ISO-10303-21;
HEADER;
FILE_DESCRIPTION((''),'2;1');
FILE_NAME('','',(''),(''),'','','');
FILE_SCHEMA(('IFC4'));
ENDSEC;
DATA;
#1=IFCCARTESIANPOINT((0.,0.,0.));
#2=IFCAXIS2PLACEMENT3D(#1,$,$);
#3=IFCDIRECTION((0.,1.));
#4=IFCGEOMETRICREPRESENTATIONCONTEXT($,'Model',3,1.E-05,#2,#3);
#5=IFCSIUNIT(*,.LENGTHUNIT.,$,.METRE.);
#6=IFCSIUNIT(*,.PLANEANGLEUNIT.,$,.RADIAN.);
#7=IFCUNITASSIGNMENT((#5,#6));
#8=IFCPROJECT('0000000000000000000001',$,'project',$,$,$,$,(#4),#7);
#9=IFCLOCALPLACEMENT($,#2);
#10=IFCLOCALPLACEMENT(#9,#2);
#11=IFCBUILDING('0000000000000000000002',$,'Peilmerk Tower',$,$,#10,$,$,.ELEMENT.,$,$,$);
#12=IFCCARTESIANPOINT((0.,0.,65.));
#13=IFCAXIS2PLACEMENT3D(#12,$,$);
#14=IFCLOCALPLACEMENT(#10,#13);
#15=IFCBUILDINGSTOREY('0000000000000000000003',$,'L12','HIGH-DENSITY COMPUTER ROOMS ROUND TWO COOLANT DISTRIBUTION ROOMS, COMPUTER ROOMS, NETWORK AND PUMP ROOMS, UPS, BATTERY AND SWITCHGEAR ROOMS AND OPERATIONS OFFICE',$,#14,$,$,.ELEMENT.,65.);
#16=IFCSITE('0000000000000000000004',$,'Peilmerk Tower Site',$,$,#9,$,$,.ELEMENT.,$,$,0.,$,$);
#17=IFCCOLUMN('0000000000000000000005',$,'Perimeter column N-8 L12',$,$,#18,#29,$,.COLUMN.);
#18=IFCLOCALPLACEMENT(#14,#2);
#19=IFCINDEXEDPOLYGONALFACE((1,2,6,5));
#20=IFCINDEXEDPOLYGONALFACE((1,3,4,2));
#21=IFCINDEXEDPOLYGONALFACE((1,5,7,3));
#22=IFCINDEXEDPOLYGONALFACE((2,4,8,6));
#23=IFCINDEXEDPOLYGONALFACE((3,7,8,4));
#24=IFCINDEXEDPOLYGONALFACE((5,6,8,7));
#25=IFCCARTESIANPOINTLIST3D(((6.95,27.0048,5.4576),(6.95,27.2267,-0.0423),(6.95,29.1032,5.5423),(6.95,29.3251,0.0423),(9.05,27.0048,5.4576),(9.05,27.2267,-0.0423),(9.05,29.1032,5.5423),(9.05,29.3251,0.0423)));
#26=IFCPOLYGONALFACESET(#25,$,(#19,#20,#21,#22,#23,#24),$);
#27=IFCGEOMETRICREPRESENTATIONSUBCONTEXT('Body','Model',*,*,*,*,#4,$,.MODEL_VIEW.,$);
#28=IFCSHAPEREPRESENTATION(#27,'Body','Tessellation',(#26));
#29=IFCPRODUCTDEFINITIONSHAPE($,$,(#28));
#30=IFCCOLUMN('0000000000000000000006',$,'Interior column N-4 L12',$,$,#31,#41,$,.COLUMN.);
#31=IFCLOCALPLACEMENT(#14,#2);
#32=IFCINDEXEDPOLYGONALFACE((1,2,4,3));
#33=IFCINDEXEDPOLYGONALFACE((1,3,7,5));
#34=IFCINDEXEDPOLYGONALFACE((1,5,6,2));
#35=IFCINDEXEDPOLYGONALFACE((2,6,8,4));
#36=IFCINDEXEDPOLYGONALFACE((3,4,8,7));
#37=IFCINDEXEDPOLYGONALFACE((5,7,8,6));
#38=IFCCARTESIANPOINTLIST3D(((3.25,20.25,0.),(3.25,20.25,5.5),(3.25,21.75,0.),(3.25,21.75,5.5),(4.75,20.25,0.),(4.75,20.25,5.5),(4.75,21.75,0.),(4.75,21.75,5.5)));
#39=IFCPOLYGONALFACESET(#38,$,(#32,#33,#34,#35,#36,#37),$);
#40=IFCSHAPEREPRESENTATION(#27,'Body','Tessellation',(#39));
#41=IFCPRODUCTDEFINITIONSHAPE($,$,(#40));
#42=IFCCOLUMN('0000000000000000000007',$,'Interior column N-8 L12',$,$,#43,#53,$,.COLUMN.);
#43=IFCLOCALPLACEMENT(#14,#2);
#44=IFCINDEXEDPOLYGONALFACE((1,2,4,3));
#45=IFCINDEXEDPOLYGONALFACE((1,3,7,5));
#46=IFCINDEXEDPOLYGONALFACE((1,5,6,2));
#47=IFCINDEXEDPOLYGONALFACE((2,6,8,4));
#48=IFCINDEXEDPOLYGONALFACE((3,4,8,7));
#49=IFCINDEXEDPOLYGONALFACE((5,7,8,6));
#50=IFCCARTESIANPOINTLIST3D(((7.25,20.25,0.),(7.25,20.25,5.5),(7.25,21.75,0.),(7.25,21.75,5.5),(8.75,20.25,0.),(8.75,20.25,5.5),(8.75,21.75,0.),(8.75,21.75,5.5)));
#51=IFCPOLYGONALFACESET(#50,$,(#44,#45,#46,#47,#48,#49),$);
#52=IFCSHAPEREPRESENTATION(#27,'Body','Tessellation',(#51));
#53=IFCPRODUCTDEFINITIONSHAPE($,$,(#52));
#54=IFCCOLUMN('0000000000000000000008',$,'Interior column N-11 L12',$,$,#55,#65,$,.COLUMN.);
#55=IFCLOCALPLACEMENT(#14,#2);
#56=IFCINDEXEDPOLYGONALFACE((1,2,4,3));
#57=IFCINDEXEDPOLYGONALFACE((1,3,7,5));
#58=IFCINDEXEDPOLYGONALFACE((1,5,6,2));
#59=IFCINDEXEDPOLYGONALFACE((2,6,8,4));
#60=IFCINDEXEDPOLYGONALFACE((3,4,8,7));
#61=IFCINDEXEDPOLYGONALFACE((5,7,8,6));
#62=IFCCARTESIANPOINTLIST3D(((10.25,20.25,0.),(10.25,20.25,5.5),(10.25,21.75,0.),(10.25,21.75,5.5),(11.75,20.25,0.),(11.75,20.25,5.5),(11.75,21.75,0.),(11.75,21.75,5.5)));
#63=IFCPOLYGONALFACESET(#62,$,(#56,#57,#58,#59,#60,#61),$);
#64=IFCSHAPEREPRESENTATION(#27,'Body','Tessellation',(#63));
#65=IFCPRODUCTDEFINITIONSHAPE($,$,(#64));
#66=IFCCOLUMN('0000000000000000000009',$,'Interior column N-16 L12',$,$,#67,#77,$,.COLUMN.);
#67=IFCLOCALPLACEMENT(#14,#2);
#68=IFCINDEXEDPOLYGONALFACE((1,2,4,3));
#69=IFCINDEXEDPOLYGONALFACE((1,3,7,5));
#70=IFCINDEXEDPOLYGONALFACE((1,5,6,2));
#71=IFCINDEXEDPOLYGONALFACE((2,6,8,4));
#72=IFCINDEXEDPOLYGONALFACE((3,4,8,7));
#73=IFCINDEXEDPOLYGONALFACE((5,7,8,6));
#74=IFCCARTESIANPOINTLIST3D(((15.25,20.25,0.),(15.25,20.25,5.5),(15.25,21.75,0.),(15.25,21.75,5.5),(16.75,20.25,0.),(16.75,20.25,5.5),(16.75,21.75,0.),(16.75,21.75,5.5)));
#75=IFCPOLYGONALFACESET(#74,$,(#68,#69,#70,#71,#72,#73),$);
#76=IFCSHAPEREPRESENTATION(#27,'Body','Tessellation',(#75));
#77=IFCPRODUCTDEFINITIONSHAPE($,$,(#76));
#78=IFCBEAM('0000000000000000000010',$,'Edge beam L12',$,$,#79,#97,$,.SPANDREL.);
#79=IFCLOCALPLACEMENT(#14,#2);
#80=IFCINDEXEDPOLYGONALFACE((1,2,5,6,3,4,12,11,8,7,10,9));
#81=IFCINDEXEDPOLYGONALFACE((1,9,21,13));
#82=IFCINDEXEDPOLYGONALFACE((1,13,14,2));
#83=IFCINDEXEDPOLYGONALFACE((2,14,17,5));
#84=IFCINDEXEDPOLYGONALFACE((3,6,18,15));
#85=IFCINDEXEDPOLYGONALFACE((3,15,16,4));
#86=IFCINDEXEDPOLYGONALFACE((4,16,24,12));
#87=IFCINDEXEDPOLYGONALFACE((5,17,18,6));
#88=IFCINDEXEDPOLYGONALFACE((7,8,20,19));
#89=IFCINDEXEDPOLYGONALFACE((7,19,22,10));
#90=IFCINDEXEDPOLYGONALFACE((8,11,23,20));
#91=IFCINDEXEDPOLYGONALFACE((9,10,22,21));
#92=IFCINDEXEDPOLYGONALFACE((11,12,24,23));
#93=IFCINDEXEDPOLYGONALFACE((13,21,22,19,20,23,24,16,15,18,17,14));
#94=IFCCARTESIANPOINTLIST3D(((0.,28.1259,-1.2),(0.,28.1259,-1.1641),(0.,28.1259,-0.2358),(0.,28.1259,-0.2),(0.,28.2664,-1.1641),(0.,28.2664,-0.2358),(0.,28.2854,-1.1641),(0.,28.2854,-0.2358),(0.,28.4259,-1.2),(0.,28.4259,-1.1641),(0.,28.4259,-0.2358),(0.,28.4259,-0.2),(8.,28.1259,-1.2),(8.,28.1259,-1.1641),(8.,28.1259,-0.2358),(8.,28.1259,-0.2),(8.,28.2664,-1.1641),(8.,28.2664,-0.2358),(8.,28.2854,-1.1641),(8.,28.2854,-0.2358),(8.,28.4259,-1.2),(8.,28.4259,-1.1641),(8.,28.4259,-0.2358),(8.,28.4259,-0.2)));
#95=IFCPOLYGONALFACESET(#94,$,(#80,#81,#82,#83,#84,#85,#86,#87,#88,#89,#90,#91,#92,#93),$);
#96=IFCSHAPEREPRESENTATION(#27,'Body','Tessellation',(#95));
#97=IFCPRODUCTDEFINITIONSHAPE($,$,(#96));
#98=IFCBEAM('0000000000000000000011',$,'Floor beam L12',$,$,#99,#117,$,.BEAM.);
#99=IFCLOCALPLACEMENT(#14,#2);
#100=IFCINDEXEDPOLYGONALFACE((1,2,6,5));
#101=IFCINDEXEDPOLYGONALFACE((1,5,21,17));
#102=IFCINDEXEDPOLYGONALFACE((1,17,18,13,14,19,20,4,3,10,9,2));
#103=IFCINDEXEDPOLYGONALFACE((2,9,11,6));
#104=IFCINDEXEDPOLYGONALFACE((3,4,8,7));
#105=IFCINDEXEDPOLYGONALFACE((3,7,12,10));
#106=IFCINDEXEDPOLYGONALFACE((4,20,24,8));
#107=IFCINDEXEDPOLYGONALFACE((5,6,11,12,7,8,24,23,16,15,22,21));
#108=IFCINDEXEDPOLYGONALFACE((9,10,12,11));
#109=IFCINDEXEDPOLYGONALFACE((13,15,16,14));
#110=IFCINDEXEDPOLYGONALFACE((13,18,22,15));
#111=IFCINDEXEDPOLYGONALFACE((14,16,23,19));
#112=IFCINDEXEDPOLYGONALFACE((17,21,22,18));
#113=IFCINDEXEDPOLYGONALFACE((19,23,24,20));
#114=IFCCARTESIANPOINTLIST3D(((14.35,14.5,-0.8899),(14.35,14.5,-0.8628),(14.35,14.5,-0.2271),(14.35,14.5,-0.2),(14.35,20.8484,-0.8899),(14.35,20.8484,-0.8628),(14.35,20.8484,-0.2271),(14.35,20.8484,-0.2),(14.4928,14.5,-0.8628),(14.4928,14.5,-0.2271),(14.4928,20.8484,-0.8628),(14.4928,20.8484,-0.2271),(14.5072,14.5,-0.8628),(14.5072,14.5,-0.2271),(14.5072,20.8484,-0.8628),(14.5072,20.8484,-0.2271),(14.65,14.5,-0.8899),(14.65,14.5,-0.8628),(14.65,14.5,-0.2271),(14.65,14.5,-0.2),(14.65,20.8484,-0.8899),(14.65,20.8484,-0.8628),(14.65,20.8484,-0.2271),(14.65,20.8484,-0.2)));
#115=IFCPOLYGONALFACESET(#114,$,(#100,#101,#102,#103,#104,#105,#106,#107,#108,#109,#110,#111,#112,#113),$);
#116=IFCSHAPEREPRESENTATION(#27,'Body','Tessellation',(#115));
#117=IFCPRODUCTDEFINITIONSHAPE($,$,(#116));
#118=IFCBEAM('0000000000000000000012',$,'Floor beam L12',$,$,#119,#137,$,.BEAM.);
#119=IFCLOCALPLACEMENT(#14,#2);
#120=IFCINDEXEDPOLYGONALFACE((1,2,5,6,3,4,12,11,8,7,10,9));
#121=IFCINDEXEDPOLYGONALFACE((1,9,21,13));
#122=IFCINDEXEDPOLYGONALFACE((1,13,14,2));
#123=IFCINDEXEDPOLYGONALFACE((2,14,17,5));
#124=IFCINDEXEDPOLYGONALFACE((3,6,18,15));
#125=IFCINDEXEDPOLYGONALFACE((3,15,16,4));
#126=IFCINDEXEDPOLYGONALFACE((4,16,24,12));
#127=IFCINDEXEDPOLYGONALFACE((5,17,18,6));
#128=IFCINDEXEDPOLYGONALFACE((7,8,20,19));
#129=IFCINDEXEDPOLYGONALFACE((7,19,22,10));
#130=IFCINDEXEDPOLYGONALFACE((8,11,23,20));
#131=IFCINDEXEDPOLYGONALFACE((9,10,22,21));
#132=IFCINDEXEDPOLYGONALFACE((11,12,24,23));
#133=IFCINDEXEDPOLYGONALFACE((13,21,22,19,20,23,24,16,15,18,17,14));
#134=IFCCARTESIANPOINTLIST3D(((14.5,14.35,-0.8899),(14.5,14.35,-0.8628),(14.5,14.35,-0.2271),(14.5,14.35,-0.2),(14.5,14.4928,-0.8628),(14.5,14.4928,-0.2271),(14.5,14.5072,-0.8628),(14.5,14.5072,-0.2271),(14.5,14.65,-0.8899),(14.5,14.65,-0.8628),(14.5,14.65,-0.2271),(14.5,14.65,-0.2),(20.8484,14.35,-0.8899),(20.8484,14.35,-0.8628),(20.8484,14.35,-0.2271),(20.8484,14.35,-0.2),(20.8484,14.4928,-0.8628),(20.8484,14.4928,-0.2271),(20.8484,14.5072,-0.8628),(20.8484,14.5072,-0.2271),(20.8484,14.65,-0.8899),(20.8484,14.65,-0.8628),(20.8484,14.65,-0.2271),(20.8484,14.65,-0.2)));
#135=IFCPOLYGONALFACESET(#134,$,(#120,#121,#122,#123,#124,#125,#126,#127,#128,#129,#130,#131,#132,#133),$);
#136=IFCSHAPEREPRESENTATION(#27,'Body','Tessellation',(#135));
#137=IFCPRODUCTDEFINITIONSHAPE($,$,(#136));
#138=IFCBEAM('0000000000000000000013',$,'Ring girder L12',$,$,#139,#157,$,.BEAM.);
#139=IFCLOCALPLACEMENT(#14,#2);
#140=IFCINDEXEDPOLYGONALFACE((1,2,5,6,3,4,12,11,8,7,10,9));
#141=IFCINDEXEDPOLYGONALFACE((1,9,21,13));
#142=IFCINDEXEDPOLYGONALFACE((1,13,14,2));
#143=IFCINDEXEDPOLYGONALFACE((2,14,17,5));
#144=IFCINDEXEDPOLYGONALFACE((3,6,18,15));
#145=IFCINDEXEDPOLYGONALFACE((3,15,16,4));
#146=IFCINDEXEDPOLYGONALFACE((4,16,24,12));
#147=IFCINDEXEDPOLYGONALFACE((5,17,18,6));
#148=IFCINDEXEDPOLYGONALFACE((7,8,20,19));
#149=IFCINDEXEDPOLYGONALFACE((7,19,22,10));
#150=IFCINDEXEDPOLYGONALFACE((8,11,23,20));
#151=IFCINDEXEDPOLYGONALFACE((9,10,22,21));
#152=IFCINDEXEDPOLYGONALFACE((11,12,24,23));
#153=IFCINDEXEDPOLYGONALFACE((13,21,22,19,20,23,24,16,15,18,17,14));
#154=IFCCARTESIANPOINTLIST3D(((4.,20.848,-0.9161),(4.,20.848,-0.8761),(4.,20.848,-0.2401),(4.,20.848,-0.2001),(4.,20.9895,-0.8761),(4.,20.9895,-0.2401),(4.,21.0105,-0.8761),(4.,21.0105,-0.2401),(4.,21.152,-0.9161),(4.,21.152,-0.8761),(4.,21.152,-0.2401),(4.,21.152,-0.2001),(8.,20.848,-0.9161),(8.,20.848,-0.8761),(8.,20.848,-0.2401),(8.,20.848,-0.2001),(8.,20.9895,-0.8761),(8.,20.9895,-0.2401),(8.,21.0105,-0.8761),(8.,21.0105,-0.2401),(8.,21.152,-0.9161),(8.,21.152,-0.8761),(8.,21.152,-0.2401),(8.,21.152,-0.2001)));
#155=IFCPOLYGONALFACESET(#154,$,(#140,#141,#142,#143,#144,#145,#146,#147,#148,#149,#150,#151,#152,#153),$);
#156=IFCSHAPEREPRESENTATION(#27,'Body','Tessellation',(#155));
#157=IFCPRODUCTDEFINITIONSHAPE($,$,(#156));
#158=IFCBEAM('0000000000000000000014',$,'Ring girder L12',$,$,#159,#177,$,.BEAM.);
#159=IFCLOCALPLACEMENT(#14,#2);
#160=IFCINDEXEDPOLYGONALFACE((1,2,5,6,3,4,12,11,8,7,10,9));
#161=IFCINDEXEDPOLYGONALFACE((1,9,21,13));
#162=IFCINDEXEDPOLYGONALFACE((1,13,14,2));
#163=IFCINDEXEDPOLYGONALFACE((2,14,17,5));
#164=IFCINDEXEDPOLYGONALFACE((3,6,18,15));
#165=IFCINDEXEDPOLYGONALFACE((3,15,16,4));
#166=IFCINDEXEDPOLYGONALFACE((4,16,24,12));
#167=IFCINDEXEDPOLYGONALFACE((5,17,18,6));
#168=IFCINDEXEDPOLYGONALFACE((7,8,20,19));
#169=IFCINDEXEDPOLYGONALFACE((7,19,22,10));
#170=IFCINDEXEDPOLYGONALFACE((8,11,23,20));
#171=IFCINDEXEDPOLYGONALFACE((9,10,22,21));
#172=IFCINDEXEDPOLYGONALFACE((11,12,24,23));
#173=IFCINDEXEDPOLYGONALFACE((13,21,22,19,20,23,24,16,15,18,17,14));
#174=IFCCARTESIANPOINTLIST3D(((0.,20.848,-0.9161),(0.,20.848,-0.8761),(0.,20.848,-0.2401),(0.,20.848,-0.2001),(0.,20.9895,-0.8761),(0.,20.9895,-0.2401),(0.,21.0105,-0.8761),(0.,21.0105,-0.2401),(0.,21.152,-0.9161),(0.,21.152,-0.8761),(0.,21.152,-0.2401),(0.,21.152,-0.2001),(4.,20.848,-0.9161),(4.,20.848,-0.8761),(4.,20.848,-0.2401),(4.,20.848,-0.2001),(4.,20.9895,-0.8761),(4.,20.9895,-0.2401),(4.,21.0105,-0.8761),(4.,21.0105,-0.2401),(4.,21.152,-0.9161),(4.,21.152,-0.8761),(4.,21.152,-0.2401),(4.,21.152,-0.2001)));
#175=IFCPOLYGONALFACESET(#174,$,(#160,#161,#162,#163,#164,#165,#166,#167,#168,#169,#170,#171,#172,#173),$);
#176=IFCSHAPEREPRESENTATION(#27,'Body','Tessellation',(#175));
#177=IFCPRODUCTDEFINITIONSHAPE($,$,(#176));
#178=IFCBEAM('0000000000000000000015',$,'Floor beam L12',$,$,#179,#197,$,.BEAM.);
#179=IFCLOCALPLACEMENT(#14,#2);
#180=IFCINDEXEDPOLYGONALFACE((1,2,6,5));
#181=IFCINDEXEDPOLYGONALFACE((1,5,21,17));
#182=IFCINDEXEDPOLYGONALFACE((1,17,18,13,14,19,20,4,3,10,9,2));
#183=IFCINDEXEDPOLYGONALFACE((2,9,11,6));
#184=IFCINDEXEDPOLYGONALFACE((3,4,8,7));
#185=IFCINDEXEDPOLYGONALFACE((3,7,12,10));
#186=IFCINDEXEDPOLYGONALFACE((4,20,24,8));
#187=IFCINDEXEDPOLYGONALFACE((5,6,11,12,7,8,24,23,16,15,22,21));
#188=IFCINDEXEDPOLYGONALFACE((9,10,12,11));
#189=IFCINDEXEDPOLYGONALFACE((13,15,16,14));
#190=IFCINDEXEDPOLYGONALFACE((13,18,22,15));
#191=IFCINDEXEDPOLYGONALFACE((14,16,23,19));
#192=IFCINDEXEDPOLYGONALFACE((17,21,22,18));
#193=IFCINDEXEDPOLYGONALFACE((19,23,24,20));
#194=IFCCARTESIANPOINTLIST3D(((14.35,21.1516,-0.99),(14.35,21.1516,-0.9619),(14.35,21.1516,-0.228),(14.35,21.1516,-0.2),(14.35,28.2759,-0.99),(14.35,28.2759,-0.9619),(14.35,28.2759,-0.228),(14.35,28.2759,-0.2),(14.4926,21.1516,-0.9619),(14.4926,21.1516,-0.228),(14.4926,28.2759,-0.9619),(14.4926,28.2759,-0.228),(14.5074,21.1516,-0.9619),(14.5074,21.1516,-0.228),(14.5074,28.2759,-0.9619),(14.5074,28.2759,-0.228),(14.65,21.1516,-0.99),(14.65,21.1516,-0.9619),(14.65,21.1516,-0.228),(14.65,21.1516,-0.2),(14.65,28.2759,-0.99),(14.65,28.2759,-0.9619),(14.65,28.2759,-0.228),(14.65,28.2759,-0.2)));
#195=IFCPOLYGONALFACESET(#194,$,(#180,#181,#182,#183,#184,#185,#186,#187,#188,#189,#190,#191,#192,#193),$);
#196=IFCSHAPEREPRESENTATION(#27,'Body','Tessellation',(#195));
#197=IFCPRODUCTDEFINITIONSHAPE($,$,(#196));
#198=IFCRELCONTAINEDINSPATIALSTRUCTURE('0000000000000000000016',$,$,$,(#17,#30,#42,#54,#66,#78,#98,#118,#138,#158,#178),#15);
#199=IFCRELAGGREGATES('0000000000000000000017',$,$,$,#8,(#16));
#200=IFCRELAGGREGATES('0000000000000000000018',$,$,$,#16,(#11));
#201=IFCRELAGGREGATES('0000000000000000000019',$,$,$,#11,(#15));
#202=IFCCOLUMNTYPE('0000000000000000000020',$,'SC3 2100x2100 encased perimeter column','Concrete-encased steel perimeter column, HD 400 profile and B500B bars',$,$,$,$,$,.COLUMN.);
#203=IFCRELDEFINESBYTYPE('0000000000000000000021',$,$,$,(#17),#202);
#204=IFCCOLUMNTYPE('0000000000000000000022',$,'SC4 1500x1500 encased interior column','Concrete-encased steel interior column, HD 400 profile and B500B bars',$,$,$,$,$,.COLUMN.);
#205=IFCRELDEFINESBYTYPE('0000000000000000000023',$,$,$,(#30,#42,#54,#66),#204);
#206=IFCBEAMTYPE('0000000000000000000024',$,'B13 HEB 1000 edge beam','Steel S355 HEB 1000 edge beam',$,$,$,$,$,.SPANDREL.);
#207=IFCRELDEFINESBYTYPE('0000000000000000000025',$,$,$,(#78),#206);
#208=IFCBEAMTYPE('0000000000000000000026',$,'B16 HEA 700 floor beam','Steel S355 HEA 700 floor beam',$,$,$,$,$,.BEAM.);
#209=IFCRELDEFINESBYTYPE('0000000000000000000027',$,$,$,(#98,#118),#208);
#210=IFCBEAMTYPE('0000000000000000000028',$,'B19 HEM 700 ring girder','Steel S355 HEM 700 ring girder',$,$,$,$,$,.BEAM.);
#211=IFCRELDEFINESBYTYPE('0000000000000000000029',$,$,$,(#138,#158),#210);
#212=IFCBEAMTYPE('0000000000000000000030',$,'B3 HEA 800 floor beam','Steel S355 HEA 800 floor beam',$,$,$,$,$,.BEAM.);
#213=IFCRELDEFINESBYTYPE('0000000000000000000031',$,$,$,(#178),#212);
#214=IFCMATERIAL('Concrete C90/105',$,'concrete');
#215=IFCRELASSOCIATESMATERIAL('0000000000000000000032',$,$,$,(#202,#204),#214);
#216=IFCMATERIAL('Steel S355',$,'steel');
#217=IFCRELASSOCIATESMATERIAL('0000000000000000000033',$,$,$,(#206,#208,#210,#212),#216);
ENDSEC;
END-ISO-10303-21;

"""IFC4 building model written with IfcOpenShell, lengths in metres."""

from ifc_helpers import new_model, si_unit, direction, frame, origin, origin_2d, place, context, subcontext, project, spatial, rectangle, i_section, extrude, material, material_profile, profile_set, type_object, element, save


model = new_model("IFC4")

# Units and contexts
model_context = context("Model", 3, precision=1e-05, world=origin(), true_north=direction((0.0, 1.0)))
body_context = subcontext(model_context, "Body", "Model", "MODEL_VIEW")
ifc_project = project(units=[si_unit("LENGTHUNIT", "METRE"), si_unit("PLANEANGLEUNIT", "RADIAN")], contexts=[model_context])

# Site, building, storey
site_placement = place(None, origin())
site = spatial("IfcSite", under=ifc_project, at=site_placement, Name="Peilmerk Tower Site", CompositionType="ELEMENT", RefElevation=0.0)
building_placement = place(site_placement, origin())
building = spatial("IfcBuilding", under=site, at=building_placement, Name="Peilmerk Tower", CompositionType="ELEMENT")
storey_placement = place(building_placement, frame((0.0, 0.0, 65.0)))
storey = spatial("IfcBuildingStorey", under=building, at=storey_placement, Name="L12", Description="HIGH-DENSITY COMPUTER ROOMS ROUND TWO COOLANT DISTRIBUTION ROOMS, COMPUTER ROOMS, NETWORK AND PUMP ROOMS, UPS, BATTERY AND SWITCHGEAR ROOMS AND OPERATIONS OFFICE", CompositionType="ELEMENT", Elevation=65.0)

# Columns
ifc_material_1 = material(Name="Concrete C90/105", Category="concrete")
ifc_material_profile_1 = material_profile(ifc_material_1, rectangle(XDim=2.1001, YDim=2.1001, at=origin_2d()), Name="RC 2100x2100")
ifc_profile_set_1 = profile_set([ifc_material_profile_1], Name="Concrete C90/105")
column_type_1 = type_object("IfcColumnType", Name="SC3 2100x2100 encased perimeter column", Description="Concrete-encased steel perimeter column, HD 400 profile and B500B bars", PredefinedType="COLUMN", material=ifc_profile_set_1)
column_placement = place(storey_placement, frame((8.0, 28.2759, 0.0), z_axis=(0.0, -0.040317, 0.999187), x_axis=(1.0, 0.0, 0.0)))
element("IfcColumn", 1, at=column_placement, inside=storey, type_object=column_type_1, Name="Perimeter column N-8 L12", PredefinedType="COLUMN", context=body_context, shape_type="SweptSolid", body=[
    extrude(rectangle(XDim=2.1001, YDim=2.1001, at=origin_2d()), origin(), (0.0, 0.0, 1.0), 5.5044),
])
ifc_material_profile_2 = material_profile(ifc_material_1, rectangle(XDim=1.5, YDim=1.5, at=origin_2d()), Name="RC 1500x1500")
ifc_profile_set_2 = profile_set([ifc_material_profile_2], Name="Concrete C90/105")
column_type_2 = type_object("IfcColumnType", Name="SC4 1500x1500 encased interior column", Description="Concrete-encased steel interior column, HD 400 profile and B500B bars", PredefinedType="COLUMN", material=ifc_profile_set_2)
for number, where, z_axis, x_axis, name in (
    (2, (4.0, 21.0, 0.0), (0.0, 0.0, 1.0), (1.0, 0.0, 0.0), "Interior column N-4 L12"),
    (3, (8.0, 21.0, 0.0), (0.0, 0.0, 1.0), (1.0, 0.0, 0.0), "Interior column N-8 L12"),
    (4, (11.0, 21.0, 0.0), (0.0, 0.0, 1.0), (1.0, 0.0, 0.0), "Interior column N-11 L12"),
    (5, (16.0, 21.0, 0.0), (0.0, 0.0, 1.0), (1.0, 0.0, 0.0), "Interior column N-16 L12"),
):
    element("IfcColumn", number, at=place(storey_placement, frame(where, z_axis=z_axis, x_axis=x_axis)), inside=storey, type_object=column_type_2, Name=name, PredefinedType="COLUMN", context=body_context, shape_type="SweptSolid", body=[
        extrude(rectangle(XDim=1.5, YDim=1.5, at=origin_2d()), origin(), (0.0, 0.0, 1.0), 5.5),
    ])

# Beams
ifc_material_2 = material(Name="Steel S355", Category="steel")
ifc_material_profile_3 = material_profile(ifc_material_2, i_section(OverallWidth=0.3, OverallDepth=1.0, WebThickness=0.019, FlangeThickness=0.0359, at=origin_2d()), Name="HEB 1000")
ifc_profile_set_3 = profile_set([ifc_material_profile_3], Name="Steel S355")
beam_type_1 = type_object("IfcBeamType", Name="B13 HEB 1000 edge beam", Description="Steel S355 HEB 1000 edge beam", PredefinedType="SPANDREL", material=ifc_profile_set_3)
beam_1_placement = place(storey_placement, frame((8.0, 28.2759, -0.7), z_axis=(-1.0, 0.0, 0.0), x_axis=(0.0, -1.0, 0.0)))
element("IfcBeam", 6, at=beam_1_placement, inside=storey, type_object=beam_type_1, Name="Edge beam L12", PredefinedType="SPANDREL", context=body_context, shape_type="SweptSolid", body=[
    extrude(i_section(OverallWidth=0.3, OverallDepth=1.0, WebThickness=0.019, FlangeThickness=0.0359, at=origin_2d()), origin(), (0.0, 0.0, 1.0), 8.0),
])
ifc_material_profile_4 = material_profile(ifc_material_2, i_section(OverallWidth=0.3, OverallDepth=0.6899, WebThickness=0.0144, FlangeThickness=0.0271, at=origin_2d()), Name="HEA 700")
ifc_profile_set_4 = profile_set([ifc_material_profile_4], Name="Steel S355")
beam_type_2 = type_object("IfcBeamType", Name="B16 HEA 700 floor beam", Description="Steel S355 HEA 700 floor beam", PredefinedType="BEAM", material=ifc_profile_set_4)
for number, where, z_axis, x_axis, name in (
    (7, (14.5, 14.5, -0.5449), (0.0, 1.0, 0.0), (-1.0, 0.0, 0.0), "Floor beam L12"),
    (8, (14.5, 14.5, -0.5449), (1.0, 0.0, 0.0), (0.0, 1.0, 0.0), "Floor beam L12"),
):
    element("IfcBeam", number, at=place(storey_placement, frame(where, z_axis=z_axis, x_axis=x_axis)), inside=storey, type_object=beam_type_2, Name=name, PredefinedType="BEAM", context=body_context, shape_type="SweptSolid", body=[
        extrude(i_section(OverallWidth=0.3, OverallDepth=0.6899, WebThickness=0.0144, FlangeThickness=0.0271, at=origin_2d()), origin(), (0.0, 0.0, 1.0), 6.3484),
    ])
ifc_material_profile_5 = material_profile(ifc_material_2, i_section(OverallWidth=0.304, OverallDepth=0.7161, WebThickness=0.021, FlangeThickness=0.04, at=origin_2d()), Name="HEM 700")
ifc_profile_set_5 = profile_set([ifc_material_profile_5], Name="Steel S355")
beam_type_3 = type_object("IfcBeamType", Name="B19 HEM 700 ring girder", Description="Steel S355 HEM 700 ring girder", PredefinedType="BEAM", material=ifc_profile_set_5)
for number, where, z_axis, x_axis, name in (
    (9, (8.0, 21.0, -0.5581), (-1.0, 0.0, 0.0), (0.0, -1.0, 0.0), "Ring girder L12"),
    (10, (4.0, 21.0, -0.5581), (-1.0, 0.0, 0.0), (0.0, -1.0, 0.0), "Ring girder L12"),
):
    element("IfcBeam", number, at=place(storey_placement, frame(where, z_axis=z_axis, x_axis=x_axis)), inside=storey, type_object=beam_type_3, Name=name, PredefinedType="BEAM", context=body_context, shape_type="SweptSolid", body=[
        extrude(i_section(OverallWidth=0.304, OverallDepth=0.7161, WebThickness=0.021, FlangeThickness=0.04, at=origin_2d()), origin(), (0.0, 0.0, 1.0), 4.0),
    ])
ifc_material_profile_6 = material_profile(ifc_material_2, i_section(OverallWidth=0.3, OverallDepth=0.79, WebThickness=0.0149, FlangeThickness=0.0281, at=origin_2d()), Name="HEA 800")
ifc_profile_set_6 = profile_set([ifc_material_profile_6], Name="Steel S355")
beam_type_4 = type_object("IfcBeamType", Name="B3 HEA 800 floor beam", Description="Steel S355 HEA 800 floor beam", PredefinedType="BEAM", material=ifc_profile_set_6)
beam_2_placement = place(storey_placement, frame((14.5, 21.1516, -0.595), z_axis=(0.0, 1.0, 0.0), x_axis=(-1.0, 0.0, 0.0)))
element("IfcBeam", 11, at=beam_2_placement, inside=storey, type_object=beam_type_4, Name="Floor beam L12", PredefinedType="BEAM", context=body_context, shape_type="SweptSolid", body=[
    extrude(i_section(OverallWidth=0.3, OverallDepth=0.79, WebThickness=0.0149, FlangeThickness=0.0281, at=origin_2d()), origin(), (0.0, 0.0, 1.0), 7.1243),
])

save(model, "model.ifc")
